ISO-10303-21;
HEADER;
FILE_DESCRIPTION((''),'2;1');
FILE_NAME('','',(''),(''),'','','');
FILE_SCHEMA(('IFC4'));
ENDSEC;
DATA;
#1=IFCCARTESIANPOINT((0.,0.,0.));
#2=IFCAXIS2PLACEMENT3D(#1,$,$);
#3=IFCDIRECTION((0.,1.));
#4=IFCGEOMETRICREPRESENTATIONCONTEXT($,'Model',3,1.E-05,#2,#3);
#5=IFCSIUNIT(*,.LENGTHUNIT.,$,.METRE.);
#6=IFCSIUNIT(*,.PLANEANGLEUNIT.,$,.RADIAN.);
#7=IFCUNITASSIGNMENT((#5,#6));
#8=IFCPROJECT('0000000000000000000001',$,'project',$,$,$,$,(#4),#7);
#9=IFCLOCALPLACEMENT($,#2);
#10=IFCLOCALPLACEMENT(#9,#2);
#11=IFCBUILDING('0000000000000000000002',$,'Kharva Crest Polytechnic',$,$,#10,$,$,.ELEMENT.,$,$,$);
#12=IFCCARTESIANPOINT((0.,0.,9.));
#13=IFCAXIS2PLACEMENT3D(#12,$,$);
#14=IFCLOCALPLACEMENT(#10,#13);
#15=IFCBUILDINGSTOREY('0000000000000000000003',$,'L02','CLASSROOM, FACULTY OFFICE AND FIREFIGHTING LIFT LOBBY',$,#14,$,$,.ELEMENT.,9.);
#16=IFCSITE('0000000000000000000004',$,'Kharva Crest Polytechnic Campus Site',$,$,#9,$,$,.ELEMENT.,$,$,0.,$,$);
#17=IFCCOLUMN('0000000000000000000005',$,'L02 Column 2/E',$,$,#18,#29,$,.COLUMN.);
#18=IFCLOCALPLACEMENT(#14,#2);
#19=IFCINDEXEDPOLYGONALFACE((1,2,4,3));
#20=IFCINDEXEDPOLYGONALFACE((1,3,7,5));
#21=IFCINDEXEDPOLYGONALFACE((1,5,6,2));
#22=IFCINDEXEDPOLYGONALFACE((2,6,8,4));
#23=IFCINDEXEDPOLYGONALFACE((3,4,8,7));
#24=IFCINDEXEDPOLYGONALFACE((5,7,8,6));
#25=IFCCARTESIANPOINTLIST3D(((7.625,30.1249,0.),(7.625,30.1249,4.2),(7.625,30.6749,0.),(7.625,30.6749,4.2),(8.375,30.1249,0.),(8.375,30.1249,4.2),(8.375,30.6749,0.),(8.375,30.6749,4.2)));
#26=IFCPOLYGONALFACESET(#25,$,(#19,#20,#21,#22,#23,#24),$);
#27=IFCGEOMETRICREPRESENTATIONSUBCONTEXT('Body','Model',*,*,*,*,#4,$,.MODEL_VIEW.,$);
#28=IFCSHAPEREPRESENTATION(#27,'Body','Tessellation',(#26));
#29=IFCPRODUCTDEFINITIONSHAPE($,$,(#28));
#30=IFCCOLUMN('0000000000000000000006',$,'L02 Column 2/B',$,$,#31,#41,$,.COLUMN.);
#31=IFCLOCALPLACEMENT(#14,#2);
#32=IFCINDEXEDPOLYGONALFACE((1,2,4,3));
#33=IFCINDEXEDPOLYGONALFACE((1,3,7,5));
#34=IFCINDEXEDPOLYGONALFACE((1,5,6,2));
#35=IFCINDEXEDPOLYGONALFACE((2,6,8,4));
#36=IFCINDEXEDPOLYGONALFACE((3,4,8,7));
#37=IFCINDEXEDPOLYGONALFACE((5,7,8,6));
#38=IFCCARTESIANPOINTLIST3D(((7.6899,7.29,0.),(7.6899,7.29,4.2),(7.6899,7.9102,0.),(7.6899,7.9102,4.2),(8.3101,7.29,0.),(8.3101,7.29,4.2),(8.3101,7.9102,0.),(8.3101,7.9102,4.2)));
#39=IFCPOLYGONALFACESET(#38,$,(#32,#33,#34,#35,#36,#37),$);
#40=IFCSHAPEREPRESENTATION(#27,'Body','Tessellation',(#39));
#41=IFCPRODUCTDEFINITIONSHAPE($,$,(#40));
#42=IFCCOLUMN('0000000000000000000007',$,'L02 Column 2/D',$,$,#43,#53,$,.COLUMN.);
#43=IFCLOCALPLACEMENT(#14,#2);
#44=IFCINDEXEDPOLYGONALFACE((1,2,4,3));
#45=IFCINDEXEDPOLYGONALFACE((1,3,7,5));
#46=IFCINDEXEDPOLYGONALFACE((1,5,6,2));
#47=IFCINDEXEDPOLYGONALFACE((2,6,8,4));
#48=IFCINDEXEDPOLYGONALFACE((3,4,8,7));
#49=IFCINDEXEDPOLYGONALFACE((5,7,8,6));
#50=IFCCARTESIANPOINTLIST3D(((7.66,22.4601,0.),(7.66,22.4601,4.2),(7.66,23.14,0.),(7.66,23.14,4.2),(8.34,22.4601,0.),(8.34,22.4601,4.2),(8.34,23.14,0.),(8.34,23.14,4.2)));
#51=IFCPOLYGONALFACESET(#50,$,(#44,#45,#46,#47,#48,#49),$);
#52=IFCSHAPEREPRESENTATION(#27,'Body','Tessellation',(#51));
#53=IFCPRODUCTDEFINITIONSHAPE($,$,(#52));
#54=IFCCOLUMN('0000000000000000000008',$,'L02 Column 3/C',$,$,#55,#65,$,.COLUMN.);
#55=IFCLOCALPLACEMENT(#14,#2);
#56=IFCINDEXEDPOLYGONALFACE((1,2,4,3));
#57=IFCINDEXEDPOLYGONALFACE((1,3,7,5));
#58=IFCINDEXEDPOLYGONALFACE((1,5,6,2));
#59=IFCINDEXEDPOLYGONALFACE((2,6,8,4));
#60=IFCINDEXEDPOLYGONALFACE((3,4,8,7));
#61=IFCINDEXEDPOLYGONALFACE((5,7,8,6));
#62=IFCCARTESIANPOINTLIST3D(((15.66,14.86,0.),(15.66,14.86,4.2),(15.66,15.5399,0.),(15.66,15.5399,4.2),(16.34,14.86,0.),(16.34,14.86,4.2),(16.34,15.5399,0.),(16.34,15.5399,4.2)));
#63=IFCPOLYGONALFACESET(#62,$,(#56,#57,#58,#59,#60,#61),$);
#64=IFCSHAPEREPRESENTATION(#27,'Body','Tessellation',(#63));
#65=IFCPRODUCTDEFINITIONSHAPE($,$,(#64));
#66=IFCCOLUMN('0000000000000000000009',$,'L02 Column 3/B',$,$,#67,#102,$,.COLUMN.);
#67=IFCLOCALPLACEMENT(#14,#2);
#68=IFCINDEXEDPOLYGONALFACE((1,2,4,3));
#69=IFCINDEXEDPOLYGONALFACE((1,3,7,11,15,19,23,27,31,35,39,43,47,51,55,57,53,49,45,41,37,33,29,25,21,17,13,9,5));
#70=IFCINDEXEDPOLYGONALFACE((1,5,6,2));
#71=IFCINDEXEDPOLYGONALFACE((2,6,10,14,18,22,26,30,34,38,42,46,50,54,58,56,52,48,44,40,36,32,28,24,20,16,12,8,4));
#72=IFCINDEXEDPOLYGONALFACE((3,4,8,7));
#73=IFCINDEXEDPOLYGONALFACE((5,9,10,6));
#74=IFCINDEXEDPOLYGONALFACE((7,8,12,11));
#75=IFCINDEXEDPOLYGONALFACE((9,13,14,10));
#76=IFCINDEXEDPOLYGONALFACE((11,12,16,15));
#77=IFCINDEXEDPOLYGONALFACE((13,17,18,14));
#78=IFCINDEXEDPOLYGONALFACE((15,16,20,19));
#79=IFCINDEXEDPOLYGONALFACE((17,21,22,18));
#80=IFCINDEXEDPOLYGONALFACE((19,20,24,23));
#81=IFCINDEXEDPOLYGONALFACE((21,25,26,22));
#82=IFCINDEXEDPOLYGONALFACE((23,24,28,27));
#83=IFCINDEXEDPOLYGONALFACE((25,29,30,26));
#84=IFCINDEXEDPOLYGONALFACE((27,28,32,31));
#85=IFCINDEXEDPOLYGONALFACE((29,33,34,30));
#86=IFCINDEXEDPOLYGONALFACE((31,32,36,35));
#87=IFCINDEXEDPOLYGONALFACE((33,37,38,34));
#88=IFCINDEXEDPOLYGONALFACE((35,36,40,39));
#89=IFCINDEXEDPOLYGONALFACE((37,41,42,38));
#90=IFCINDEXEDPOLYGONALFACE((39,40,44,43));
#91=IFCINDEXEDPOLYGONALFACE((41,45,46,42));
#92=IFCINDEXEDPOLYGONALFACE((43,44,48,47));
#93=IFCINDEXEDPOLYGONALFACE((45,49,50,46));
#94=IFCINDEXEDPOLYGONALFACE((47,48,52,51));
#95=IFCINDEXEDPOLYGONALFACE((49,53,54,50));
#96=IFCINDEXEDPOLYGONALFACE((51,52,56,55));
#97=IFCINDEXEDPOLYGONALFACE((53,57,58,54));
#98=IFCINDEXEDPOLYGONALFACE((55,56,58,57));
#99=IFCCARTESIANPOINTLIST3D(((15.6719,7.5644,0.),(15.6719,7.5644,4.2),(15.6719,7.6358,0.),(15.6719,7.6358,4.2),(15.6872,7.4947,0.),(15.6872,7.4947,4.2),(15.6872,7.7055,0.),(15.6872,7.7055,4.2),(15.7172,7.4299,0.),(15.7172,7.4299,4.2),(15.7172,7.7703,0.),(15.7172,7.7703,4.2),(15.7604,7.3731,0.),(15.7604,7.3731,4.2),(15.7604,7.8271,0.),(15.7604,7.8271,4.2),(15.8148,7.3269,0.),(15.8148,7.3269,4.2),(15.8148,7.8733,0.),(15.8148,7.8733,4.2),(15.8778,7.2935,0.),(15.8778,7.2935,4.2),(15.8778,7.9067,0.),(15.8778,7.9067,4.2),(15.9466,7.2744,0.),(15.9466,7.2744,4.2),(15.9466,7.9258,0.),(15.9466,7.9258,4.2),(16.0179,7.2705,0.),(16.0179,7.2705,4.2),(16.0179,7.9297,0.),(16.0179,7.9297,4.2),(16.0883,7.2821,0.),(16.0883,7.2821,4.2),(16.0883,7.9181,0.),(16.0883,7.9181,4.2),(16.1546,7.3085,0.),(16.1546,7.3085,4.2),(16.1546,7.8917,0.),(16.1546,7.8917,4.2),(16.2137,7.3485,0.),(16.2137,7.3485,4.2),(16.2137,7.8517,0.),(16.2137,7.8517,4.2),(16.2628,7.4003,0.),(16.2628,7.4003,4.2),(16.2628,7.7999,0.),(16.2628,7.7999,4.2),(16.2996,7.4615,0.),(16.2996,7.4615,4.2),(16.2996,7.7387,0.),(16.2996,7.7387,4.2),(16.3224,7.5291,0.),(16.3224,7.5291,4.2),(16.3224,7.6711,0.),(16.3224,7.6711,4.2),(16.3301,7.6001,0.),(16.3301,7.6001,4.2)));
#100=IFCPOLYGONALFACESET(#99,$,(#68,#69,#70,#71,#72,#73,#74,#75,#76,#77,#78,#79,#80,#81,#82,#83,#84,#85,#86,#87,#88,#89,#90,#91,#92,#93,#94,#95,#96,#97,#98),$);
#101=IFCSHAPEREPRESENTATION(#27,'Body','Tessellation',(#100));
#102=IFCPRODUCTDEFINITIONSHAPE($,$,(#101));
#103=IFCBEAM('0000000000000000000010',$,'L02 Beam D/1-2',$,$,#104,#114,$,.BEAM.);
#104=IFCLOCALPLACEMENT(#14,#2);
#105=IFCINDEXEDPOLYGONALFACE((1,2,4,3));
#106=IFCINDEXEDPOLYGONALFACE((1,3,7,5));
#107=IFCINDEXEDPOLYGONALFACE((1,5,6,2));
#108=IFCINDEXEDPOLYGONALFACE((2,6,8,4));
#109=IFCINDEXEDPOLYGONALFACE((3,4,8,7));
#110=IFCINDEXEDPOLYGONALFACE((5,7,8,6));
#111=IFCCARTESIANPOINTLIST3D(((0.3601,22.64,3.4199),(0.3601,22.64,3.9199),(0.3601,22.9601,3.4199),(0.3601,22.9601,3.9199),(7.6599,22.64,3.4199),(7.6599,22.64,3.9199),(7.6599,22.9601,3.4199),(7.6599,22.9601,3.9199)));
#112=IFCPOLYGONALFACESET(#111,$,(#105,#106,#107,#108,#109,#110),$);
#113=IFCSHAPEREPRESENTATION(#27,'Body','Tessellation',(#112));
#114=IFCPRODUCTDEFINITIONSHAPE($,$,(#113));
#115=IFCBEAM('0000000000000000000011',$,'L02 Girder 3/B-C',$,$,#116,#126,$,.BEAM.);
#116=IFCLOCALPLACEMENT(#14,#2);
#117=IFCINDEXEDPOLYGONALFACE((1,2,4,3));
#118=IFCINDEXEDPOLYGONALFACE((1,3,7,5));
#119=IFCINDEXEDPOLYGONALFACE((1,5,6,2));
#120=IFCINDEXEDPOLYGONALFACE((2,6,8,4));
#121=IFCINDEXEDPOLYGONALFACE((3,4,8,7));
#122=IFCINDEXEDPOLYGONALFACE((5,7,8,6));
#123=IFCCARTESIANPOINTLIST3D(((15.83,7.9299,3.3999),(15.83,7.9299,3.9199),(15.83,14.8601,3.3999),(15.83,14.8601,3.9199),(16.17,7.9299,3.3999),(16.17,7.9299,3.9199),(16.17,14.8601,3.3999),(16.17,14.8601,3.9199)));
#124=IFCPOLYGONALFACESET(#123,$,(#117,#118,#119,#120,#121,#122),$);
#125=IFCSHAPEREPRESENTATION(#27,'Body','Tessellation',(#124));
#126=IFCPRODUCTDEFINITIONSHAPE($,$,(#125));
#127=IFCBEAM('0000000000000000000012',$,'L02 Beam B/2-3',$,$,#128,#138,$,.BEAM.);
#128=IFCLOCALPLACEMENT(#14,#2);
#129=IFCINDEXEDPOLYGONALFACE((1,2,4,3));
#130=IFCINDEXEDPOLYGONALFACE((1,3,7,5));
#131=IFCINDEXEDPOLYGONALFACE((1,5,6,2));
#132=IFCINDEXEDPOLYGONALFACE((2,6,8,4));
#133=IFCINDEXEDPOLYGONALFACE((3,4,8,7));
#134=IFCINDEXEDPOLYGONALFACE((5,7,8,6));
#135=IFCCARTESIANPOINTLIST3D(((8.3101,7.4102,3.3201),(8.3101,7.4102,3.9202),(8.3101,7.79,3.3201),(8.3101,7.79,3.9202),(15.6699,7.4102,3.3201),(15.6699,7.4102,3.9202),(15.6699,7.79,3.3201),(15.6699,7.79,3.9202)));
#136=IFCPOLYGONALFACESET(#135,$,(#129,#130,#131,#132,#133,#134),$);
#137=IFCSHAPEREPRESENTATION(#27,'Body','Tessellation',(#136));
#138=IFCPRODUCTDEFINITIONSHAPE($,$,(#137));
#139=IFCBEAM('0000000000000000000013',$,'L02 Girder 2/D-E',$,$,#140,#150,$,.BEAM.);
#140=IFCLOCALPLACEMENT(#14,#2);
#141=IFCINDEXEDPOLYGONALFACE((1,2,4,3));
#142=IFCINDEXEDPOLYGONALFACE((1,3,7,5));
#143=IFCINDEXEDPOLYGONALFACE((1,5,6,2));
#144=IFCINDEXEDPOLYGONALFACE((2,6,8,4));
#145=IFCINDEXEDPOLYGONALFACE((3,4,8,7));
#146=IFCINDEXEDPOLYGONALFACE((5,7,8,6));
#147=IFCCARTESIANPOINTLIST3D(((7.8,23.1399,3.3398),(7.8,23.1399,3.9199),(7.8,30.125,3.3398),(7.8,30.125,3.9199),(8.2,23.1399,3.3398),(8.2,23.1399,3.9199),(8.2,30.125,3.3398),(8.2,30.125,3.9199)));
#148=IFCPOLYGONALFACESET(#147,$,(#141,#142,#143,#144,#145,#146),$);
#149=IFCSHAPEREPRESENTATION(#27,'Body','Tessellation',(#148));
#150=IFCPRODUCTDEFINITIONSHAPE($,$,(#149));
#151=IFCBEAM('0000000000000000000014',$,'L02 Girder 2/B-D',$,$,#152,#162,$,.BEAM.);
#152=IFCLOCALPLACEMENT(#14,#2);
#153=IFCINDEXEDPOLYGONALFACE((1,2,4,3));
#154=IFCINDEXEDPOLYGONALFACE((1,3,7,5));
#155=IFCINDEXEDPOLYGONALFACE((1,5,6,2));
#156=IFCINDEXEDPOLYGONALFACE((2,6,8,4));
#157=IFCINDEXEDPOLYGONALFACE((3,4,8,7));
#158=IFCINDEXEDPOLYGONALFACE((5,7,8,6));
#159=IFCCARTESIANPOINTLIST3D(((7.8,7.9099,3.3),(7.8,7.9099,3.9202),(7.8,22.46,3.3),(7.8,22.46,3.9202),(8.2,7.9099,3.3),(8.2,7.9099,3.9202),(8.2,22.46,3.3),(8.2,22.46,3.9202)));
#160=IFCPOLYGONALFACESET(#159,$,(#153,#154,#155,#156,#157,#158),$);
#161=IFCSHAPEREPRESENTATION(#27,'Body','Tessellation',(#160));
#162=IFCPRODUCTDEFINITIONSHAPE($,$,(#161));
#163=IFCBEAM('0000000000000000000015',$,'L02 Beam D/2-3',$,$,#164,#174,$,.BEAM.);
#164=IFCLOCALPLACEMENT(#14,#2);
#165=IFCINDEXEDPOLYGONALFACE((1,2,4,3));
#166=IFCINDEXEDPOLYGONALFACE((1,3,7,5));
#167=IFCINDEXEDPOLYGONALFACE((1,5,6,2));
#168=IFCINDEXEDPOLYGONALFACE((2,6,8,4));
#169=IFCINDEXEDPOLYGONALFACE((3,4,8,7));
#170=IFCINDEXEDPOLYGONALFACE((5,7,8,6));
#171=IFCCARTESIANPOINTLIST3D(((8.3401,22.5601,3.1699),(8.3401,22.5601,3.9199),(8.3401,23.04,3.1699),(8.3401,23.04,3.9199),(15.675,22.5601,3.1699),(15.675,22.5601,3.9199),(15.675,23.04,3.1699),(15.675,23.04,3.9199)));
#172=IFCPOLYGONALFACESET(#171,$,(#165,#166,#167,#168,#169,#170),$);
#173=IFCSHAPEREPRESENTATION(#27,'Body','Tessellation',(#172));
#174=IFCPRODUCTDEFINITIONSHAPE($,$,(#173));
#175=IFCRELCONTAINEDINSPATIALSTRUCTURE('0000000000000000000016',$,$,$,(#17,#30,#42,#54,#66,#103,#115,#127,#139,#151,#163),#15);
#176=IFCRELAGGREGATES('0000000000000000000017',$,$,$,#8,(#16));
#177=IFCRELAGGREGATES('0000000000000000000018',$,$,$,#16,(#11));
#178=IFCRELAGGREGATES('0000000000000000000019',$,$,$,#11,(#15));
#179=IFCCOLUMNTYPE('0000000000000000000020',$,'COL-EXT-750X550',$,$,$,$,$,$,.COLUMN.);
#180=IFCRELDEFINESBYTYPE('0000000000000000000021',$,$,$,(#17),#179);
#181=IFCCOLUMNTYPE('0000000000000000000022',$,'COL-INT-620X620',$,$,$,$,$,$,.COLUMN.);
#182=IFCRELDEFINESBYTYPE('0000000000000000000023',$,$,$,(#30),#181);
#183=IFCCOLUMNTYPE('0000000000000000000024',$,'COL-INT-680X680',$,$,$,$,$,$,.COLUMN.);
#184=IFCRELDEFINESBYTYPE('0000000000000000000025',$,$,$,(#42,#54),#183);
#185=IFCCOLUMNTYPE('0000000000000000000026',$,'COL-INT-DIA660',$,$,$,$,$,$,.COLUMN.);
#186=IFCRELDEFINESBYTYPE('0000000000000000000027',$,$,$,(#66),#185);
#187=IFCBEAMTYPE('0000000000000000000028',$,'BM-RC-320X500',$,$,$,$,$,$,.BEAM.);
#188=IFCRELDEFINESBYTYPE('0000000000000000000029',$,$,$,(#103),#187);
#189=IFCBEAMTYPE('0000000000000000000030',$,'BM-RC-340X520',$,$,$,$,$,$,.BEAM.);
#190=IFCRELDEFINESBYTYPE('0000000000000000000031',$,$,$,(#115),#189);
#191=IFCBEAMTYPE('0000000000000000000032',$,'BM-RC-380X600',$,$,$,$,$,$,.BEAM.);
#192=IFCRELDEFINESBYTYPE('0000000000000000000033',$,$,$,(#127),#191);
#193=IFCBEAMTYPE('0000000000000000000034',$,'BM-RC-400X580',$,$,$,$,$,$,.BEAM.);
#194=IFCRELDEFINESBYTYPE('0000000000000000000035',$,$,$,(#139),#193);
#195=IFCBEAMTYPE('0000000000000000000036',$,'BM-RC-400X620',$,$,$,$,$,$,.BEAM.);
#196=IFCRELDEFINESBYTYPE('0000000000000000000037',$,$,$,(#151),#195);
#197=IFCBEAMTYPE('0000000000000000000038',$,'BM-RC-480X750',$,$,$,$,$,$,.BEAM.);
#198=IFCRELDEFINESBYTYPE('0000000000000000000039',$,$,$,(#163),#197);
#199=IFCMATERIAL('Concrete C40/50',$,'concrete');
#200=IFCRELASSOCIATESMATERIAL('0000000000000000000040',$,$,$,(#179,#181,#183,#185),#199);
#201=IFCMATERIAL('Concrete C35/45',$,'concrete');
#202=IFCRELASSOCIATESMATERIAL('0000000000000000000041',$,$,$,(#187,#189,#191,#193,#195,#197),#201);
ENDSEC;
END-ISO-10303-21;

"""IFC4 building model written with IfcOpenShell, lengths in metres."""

from ifc_helpers import new_model, si_unit, direction, frame, origin, origin_2d, place, context, subcontext, project, spatial, rectangle, circle, extrude, material, material_profile, profile_set, type_object, element, save


model = new_model("IFC4")

# Units and contexts
model_context = context("Model", 3, precision=1e-05, world=origin(), true_north=direction((0.0, 1.0)))
body_context = subcontext(model_context, "Body", "Model", "MODEL_VIEW")
ifc_project = project(units=[si_unit("LENGTHUNIT", "METRE"), si_unit("PLANEANGLEUNIT", "RADIAN")], contexts=[model_context])

# Site, building, storey
site_placement = place(None, origin())
site = spatial("IfcSite", under=ifc_project, at=site_placement, Name="Kharva Crest Polytechnic Campus Site", CompositionType="ELEMENT", RefElevation=0.0)
building_placement = place(site_placement, origin())
building = spatial("IfcBuilding", under=site, at=building_placement, Name="Kharva Crest Polytechnic", CompositionType="ELEMENT")
storey_placement = place(building_placement, frame((0.0, 0.0, 9.0)))
storey = spatial("IfcBuildingStorey", under=building, at=storey_placement, Name="L02", Description="CLASSROOM, FACULTY OFFICE AND FIREFIGHTING LIFT LOBBY", CompositionType="ELEMENT", Elevation=9.0)

# Columns
ifc_material_1 = material(Name="Concrete C40/50", Category="concrete")
ifc_material_profile_1 = material_profile(ifc_material_1, rectangle(XDim=0.75, YDim=0.55, at=origin_2d()), Name="RECT 750 X 550")
ifc_profile_set_1 = profile_set([ifc_material_profile_1], Name="Concrete C40/50")
column_type_1 = type_object("IfcColumnType", Name="COL-EXT-750X550", PredefinedType="COLUMN", material=ifc_profile_set_1)
column_1_placement = place(storey_placement, frame((8.0, 30.3999, 0.0), z_axis=(0.0, 0.0, 1.0), x_axis=(1.0, 0.0, 0.0)))
element("IfcColumn", 1, at=column_1_placement, inside=storey, type_object=column_type_1, Name="L02 Column 2/E", PredefinedType="COLUMN", context=body_context, shape_type="SweptSolid", body=[
    extrude(rectangle(XDim=0.75, YDim=0.55, at=origin_2d()), origin(), (0.0, 0.0, 1.0), 4.2),
])
ifc_material_profile_2 = material_profile(ifc_material_1, rectangle(XDim=0.6201, YDim=0.6201, at=origin_2d()), Name="RECT 620 X 620")
ifc_profile_set_2 = profile_set([ifc_material_profile_2], Name="Concrete C40/50")
column_type_2 = type_object("IfcColumnType", Name="COL-INT-620X620", PredefinedType="COLUMN", material=ifc_profile_set_2)
column_2_placement = place(storey_placement, frame((8.0, 7.6001, 0.0), z_axis=(0.0, 0.0, 1.0), x_axis=(1.0, 0.0, 0.0)))
element("IfcColumn", 2, at=column_2_placement, inside=storey, type_object=column_type_2, Name="L02 Column 2/B", PredefinedType="COLUMN", context=body_context, shape_type="SweptSolid", body=[
    extrude(rectangle(XDim=0.6201, YDim=0.6201, at=origin_2d()), origin(), (0.0, 0.0, 1.0), 4.2),
])
ifc_material_profile_3 = material_profile(ifc_material_1, rectangle(XDim=0.6799, YDim=0.6799, at=origin_2d()), Name="RECT 680 X 680")
ifc_profile_set_3 = profile_set([ifc_material_profile_3], Name="Concrete C40/50")
column_type_3 = type_object("IfcColumnType", Name="COL-INT-680X680", PredefinedType="COLUMN", material=ifc_profile_set_3)
for number, where, z_axis, x_axis, name in (
    (3, (8.0, 22.8, 0.0), (0.0, 0.0, 1.0), (1.0, 0.0, 0.0), "L02 Column 2/D"),
    (4, (16.0, 15.2, 0.0), (0.0, 0.0, 1.0), (1.0, 0.0, 0.0), "L02 Column 3/C"),
):
    element("IfcColumn", number, at=place(storey_placement, frame(where, z_axis=z_axis, x_axis=x_axis)), inside=storey, type_object=column_type_3, Name=name, PredefinedType="COLUMN", context=body_context, shape_type="SweptSolid", body=[
        extrude(rectangle(XDim=0.6799, YDim=0.6799, at=origin_2d()), origin(), (0.0, 0.0, 1.0), 4.2),
    ])
ifc_material_profile_4 = material_profile(ifc_material_1, circle(Radius=0.3301, at=origin_2d()), Name="DIA 660")
ifc_profile_set_4 = profile_set([ifc_material_profile_4], Name="Concrete C40/50")
column_type_4 = type_object("IfcColumnType", Name="COL-INT-DIA660", PredefinedType="COLUMN", material=ifc_profile_set_4)
column_3_placement = place(storey_placement, frame((16.0, 7.6001, 0.0), z_axis=(0.0, 0.0, 1.0), x_axis=(1.0, 0.0, 0.0)))
element("IfcColumn", 5, at=column_3_placement, inside=storey, type_object=column_type_4, Name="L02 Column 3/B", PredefinedType="COLUMN", context=body_context, shape_type="SweptSolid", body=[
    extrude(circle(Radius=0.3301, at=origin_2d()), origin(), (0.0, 0.0, 1.0), 4.2),
])

# Beams
ifc_material_2 = material(Name="Concrete C35/45", Category="concrete")
ifc_material_profile_5 = material_profile(ifc_material_2, rectangle(XDim=0.3201, YDim=0.5, at=origin_2d()), Name="RECT 320 X 500")
ifc_profile_set_5 = profile_set([ifc_material_profile_5], Name="Concrete C35/45")
beam_type_1 = type_object("IfcBeamType", Name="BM-RC-320X500", PredefinedType="BEAM", material=ifc_profile_set_5)
beam_1_placement = place(storey_placement, frame((0.3601, 22.8, 3.6699), z_axis=(1.0, 0.0, 0.0), x_axis=(0.0, 1.0, 0.0)))
element("IfcBeam", 6, at=beam_1_placement, inside=storey, type_object=beam_type_1, Name="L02 Beam D/1-2", PredefinedType="BEAM", context=body_context, shape_type="SweptSolid", body=[
    extrude(rectangle(XDim=0.3201, YDim=0.5, at=origin_2d()), origin(), (0.0, 0.0, 1.0), 7.2998),
])
ifc_material_profile_6 = material_profile(ifc_material_2, rectangle(XDim=0.3401, YDim=0.52, at=origin_2d()), Name="RECT 340 X 520")
ifc_profile_set_6 = profile_set([ifc_material_profile_6], Name="Concrete C35/45")
beam_type_2 = type_object("IfcBeamType", Name="BM-RC-340X520", PredefinedType="BEAM", material=ifc_profile_set_6)
beam_2_placement = place(storey_placement, frame((16.0, 7.9299, 3.6599), z_axis=(0.0, 1.0, 0.0), x_axis=(-1.0, 0.0, 0.0)))
element("IfcBeam", 7, at=beam_2_placement, inside=storey, type_object=beam_type_2, Name="L02 Girder 3/B-C", PredefinedType="BEAM", context=body_context, shape_type="SweptSolid", body=[
    extrude(rectangle(XDim=0.3401, YDim=0.52, at=origin_2d()), origin(), (0.0, 0.0, 1.0), 6.9302),
])
ifc_material_profile_7 = material_profile(ifc_material_2, rectangle(XDim=0.3799, YDim=0.6001, at=origin_2d()), Name="RECT 380 X 600")
ifc_profile_set_7 = profile_set([ifc_material_profile_7], Name="Concrete C35/45")
beam_type_3 = type_object("IfcBeamType", Name="BM-RC-380X600", PredefinedType="BEAM", material=ifc_profile_set_7)
beam_3_placement = place(storey_placement, frame((8.3101, 7.6001, 3.6201), z_axis=(1.0, 0.0, 0.0), x_axis=(0.0, 1.0, 0.0)))
element("IfcBeam", 8, at=beam_3_placement, inside=storey, type_object=beam_type_3, Name="L02 Beam B/2-3", PredefinedType="BEAM", context=body_context, shape_type="SweptSolid", body=[
    extrude(rectangle(XDim=0.3799, YDim=0.6001, at=origin_2d()), origin(), (0.0, 0.0, 1.0), 7.3599),
])
ifc_material_profile_8 = material_profile(ifc_material_2, rectangle(XDim=0.3999, YDim=0.5801, at=origin_2d()), Name="RECT 400 X 580")
ifc_profile_set_8 = profile_set([ifc_material_profile_8], Name="Concrete C35/45")
beam_type_4 = type_object("IfcBeamType", Name="BM-RC-400X580", PredefinedType="BEAM", material=ifc_profile_set_8)
beam_4_placement = place(storey_placement, frame((8.0, 23.1399, 3.6299), z_axis=(0.0, 1.0, 0.0), x_axis=(-1.0, 0.0, 0.0)))
element("IfcBeam", 9, at=beam_4_placement, inside=storey, type_object=beam_type_4, Name="L02 Girder 2/D-E", PredefinedType="BEAM", context=body_context, shape_type="SweptSolid", body=[
    extrude(rectangle(XDim=0.3999, YDim=0.5801, at=origin_2d()), origin(), (0.0, 0.0, 1.0), 6.9851),
])
ifc_material_profile_9 = material_profile(ifc_material_2, rectangle(XDim=0.3999, YDim=0.6201, at=origin_2d()), Name="RECT 400 X 620")
ifc_profile_set_9 = profile_set([ifc_material_profile_9], Name="Concrete C35/45")
beam_type_5 = type_object("IfcBeamType", Name="BM-RC-400X620", PredefinedType="BEAM", material=ifc_profile_set_9)
beam_5_placement = place(storey_placement, frame((8.0, 7.9099, 3.6101), z_axis=(0.0, 1.0, 0.0), x_axis=(-1.0, 0.0, 0.0)))
element("IfcBeam", 10, at=beam_5_placement, inside=storey, type_object=beam_type_5, Name="L02 Girder 2/B-D", PredefinedType="BEAM", context=body_context, shape_type="SweptSolid", body=[
    extrude(rectangle(XDim=0.3999, YDim=0.6201, at=origin_2d()), origin(), (0.0, 0.0, 1.0), 14.55),
])
ifc_material_profile_10 = material_profile(ifc_material_2, rectangle(XDim=0.48, YDim=0.75, at=origin_2d()), Name="RECT 480 X 750")
ifc_profile_set_10 = profile_set([ifc_material_profile_10], Name="Concrete C35/45")
beam_type_6 = type_object("IfcBeamType", Name="BM-RC-480X750", PredefinedType="BEAM", material=ifc_profile_set_10)
beam_6_placement = place(storey_placement, frame((8.3401, 22.8, 3.5449), z_axis=(1.0, 0.0, 0.0), x_axis=(0.0, 1.0, 0.0)))
element("IfcBeam", 11, at=beam_6_placement, inside=storey, type_object=beam_type_6, Name="L02 Beam D/2-3", PredefinedType="BEAM", context=body_context, shape_type="SweptSolid", body=[
    extrude(rectangle(XDim=0.48, YDim=0.75, at=origin_2d()), origin(), (0.0, 0.0, 1.0), 7.335),
])

save(model, "model.ifc")
